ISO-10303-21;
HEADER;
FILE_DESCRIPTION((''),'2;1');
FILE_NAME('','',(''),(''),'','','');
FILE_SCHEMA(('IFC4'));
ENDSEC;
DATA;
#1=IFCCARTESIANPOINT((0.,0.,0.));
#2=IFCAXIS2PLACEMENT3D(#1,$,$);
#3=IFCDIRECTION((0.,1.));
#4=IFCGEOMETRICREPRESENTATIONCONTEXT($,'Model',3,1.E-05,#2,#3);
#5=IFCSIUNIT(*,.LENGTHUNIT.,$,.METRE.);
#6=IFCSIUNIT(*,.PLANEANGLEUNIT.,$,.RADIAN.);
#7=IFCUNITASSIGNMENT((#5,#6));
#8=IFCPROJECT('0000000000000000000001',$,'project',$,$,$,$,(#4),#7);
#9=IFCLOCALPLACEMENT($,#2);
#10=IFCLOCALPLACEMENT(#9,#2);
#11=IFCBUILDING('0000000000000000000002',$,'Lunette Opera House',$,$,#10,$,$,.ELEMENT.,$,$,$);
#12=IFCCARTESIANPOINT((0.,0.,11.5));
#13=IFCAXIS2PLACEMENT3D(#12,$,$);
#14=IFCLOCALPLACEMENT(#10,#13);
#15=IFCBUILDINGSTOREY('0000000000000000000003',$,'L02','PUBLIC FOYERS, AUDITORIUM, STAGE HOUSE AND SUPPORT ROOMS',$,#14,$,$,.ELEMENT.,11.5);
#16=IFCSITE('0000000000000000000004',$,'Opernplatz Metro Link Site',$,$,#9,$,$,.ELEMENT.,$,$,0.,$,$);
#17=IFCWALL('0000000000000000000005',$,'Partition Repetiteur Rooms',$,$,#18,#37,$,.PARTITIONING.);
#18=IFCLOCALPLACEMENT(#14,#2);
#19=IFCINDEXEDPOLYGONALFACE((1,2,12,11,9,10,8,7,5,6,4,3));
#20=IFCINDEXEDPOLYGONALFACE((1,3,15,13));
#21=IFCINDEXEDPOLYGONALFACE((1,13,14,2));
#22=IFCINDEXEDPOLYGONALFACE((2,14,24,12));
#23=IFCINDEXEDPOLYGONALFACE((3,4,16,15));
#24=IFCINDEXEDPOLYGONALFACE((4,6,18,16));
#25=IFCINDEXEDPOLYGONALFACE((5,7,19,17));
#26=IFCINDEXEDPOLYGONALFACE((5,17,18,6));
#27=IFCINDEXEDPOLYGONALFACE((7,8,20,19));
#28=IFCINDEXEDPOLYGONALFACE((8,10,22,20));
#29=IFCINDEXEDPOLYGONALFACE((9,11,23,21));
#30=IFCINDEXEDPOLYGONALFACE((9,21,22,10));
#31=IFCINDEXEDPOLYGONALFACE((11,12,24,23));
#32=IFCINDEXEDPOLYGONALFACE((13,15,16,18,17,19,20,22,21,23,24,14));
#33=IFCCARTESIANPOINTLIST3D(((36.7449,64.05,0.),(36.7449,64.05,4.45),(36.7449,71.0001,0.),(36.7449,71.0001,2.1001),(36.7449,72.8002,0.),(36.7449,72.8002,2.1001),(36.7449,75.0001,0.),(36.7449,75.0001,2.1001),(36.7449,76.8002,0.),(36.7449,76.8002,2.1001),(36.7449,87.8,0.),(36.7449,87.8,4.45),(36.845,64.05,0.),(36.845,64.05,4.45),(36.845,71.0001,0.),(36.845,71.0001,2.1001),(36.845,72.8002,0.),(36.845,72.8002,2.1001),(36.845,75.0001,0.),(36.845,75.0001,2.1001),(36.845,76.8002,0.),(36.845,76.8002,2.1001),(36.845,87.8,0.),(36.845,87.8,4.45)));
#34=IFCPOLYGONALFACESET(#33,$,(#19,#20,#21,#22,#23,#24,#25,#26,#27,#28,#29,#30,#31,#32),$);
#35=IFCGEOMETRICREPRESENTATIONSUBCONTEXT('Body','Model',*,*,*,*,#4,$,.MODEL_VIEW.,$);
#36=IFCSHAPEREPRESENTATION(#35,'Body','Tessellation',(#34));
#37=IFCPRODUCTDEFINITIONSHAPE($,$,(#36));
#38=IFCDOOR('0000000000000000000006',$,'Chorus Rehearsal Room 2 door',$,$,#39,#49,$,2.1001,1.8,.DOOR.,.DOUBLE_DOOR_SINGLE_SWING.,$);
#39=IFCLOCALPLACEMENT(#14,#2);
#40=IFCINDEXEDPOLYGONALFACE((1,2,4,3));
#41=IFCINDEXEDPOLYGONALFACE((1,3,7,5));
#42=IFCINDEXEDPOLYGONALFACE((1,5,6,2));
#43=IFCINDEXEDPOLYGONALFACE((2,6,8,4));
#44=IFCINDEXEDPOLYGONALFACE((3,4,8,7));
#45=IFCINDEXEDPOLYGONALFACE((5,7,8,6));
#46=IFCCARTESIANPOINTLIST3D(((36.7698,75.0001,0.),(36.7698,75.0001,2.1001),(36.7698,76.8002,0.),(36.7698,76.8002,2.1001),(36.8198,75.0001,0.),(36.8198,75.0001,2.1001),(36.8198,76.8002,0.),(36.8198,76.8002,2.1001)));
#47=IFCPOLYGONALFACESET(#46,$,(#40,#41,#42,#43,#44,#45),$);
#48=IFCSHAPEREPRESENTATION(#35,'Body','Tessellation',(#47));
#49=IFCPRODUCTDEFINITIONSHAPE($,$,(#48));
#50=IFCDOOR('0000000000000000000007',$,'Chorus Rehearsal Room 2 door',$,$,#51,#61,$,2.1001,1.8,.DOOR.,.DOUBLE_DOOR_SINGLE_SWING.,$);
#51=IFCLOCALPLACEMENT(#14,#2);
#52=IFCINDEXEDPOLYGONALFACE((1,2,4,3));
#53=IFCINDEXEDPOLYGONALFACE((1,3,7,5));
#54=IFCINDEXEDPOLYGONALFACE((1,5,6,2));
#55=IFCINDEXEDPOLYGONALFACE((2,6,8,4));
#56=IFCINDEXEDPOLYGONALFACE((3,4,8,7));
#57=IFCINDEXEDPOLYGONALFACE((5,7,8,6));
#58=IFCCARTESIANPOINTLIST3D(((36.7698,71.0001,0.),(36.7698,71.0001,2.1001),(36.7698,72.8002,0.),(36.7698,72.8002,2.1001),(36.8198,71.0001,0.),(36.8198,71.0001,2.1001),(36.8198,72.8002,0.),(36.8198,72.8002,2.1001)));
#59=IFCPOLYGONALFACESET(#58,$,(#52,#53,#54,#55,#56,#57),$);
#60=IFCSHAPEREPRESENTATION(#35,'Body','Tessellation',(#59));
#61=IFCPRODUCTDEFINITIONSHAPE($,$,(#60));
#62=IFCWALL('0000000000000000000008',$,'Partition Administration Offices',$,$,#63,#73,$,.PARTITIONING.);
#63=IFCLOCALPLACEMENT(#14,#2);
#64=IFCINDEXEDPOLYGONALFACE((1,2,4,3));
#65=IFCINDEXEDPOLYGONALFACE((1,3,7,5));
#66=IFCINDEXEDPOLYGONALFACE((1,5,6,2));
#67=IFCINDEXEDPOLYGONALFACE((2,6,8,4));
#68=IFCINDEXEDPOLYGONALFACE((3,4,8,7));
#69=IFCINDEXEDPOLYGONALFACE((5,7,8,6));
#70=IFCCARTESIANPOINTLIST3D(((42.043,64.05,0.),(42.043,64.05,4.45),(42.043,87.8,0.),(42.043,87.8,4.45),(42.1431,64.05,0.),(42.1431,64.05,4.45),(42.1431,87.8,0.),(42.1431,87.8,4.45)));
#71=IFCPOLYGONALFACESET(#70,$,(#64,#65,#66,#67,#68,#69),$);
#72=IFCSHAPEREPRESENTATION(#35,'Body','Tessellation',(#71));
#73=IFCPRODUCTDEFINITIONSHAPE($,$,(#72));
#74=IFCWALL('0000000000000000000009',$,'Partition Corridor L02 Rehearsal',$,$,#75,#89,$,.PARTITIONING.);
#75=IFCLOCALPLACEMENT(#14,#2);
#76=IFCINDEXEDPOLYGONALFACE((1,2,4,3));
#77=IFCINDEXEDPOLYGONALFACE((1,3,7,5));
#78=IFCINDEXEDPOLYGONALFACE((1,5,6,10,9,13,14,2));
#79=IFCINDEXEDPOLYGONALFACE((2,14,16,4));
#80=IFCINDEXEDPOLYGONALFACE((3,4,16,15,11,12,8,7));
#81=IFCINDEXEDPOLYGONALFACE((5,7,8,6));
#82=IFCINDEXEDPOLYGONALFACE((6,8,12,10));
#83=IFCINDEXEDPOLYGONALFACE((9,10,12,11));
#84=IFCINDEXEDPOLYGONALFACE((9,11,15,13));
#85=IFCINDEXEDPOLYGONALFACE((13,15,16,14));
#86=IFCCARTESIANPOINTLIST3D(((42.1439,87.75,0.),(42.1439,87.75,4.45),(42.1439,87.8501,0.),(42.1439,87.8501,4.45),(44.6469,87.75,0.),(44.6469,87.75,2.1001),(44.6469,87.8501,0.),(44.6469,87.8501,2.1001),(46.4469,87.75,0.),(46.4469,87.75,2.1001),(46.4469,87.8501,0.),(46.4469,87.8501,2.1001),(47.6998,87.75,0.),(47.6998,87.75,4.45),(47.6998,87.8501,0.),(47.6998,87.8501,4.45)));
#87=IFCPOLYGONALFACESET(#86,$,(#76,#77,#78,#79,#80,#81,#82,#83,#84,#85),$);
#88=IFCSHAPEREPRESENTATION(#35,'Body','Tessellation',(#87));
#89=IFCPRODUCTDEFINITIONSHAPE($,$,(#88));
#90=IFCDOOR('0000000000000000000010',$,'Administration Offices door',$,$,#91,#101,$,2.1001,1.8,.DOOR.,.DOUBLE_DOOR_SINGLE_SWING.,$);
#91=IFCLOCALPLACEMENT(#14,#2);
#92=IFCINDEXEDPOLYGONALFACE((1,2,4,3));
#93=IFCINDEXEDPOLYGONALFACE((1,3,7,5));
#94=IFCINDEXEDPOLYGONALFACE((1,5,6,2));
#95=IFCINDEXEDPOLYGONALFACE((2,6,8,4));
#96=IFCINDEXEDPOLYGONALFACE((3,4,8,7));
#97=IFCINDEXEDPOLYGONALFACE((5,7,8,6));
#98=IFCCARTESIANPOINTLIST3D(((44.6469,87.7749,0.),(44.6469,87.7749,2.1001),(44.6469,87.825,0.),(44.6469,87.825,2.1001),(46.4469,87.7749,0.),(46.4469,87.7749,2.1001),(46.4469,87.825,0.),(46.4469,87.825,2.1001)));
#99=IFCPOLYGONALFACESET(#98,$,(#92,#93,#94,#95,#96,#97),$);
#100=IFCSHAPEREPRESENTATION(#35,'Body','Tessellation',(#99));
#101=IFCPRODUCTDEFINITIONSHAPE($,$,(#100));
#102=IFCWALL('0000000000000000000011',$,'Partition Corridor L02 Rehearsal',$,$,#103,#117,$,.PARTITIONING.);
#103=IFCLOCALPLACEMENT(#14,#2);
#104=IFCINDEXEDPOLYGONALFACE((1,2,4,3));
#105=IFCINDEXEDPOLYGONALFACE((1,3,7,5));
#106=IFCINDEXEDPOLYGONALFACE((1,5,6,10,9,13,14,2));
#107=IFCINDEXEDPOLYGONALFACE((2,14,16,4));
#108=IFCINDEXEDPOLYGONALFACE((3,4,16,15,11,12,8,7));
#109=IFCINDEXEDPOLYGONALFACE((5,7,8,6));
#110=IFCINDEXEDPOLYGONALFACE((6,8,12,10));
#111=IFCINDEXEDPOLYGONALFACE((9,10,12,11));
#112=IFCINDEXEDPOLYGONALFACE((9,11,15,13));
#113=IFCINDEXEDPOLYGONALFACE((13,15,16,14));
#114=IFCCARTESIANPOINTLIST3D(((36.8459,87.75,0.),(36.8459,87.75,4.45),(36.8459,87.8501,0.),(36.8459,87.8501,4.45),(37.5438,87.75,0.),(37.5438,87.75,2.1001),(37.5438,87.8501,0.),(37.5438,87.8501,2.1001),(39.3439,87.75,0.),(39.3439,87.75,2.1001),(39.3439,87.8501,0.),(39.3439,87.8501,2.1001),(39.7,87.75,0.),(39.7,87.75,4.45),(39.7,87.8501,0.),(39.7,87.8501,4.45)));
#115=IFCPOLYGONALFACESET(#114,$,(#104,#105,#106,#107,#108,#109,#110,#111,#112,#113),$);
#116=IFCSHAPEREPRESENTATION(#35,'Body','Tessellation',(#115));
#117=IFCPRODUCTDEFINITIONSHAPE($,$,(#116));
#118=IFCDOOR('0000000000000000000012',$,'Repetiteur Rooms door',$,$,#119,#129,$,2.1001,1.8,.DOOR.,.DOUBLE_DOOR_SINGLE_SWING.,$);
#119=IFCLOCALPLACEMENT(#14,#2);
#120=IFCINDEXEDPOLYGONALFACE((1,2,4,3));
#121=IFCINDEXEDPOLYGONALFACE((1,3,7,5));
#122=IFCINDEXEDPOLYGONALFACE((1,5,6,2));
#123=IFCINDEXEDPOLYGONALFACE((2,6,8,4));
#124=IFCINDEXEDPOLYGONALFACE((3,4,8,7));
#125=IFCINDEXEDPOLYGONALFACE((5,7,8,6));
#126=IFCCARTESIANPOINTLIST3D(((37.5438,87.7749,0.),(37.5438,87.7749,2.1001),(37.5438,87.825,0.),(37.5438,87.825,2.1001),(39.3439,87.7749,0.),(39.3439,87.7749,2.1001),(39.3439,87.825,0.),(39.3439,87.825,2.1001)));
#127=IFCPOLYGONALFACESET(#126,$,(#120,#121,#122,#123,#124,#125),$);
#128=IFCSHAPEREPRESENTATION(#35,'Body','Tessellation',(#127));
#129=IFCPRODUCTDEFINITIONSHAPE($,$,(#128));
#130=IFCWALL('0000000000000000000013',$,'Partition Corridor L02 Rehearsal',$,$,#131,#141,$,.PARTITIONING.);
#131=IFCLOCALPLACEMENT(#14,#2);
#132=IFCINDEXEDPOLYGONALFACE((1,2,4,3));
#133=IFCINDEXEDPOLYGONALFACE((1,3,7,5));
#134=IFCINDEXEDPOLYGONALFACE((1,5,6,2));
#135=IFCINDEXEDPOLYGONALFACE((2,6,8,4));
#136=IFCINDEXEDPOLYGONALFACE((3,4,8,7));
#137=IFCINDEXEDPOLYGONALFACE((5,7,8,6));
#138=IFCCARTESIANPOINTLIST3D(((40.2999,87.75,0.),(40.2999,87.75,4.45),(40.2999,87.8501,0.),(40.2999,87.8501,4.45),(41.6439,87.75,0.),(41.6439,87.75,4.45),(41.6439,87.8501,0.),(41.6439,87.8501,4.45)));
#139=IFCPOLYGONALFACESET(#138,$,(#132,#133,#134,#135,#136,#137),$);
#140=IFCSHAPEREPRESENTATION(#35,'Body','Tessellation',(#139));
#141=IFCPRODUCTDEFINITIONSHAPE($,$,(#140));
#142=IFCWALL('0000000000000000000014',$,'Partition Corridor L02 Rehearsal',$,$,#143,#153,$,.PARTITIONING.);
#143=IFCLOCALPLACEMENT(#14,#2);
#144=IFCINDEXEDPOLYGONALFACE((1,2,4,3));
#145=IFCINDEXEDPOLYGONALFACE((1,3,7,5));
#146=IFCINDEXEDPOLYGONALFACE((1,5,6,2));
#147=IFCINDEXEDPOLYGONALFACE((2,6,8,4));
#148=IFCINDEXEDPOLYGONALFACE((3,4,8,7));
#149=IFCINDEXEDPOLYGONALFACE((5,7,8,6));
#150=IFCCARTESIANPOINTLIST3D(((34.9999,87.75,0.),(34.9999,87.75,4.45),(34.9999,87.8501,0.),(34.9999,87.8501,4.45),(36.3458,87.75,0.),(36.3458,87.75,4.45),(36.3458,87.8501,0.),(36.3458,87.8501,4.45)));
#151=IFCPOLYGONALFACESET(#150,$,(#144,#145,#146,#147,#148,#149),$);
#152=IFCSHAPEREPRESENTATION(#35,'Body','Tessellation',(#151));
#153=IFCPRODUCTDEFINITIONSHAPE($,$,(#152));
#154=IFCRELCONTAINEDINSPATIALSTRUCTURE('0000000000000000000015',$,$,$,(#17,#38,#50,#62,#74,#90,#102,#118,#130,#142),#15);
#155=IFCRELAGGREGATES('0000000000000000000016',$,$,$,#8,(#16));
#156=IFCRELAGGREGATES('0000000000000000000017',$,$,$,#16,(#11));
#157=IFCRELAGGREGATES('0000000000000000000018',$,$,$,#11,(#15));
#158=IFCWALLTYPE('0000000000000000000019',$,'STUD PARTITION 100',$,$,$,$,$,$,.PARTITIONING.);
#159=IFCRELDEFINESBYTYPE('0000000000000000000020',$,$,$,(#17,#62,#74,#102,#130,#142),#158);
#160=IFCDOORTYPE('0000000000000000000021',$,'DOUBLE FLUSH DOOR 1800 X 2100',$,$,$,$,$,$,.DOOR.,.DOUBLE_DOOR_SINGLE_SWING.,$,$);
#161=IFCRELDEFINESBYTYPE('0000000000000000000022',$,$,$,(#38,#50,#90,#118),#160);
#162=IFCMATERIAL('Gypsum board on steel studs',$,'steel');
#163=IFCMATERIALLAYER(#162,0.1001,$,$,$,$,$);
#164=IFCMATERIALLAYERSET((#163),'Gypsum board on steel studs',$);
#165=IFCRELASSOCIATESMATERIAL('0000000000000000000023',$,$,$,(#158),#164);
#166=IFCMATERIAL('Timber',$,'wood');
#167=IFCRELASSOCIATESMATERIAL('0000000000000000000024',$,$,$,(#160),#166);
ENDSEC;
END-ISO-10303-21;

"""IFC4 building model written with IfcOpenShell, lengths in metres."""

from ifc_helpers import new_model, si_unit, direction, frame, frame_2d, origin, place, context, subcontext, project, spatial, rectangle, extrude, material, layer, layer_set, type_object, element, fill, save


model = new_model("IFC4")

# Units and contexts
model_context = context("Model", 3, precision=1e-05, world=origin(), true_north=direction((0.0, 1.0)))
body_context = subcontext(model_context, "Body", "Model", "MODEL_VIEW")
ifc_project = project(units=[si_unit("LENGTHUNIT", "METRE"), si_unit("PLANEANGLEUNIT", "RADIAN")], contexts=[model_context])

# Site, building, storey
site_placement = place(None, origin())
site = spatial("IfcSite", under=ifc_project, at=site_placement, Name="Opernplatz Metro Link Site", CompositionType="ELEMENT", RefElevation=0.0)
building_placement = place(site_placement, origin())
building = spatial("IfcBuilding", under=site, at=building_placement, Name="Lunette Opera House", CompositionType="ELEMENT")
storey_placement = place(building_placement, frame((0.0, 0.0, 11.5)))
storey = spatial("IfcBuildingStorey", under=building, at=storey_placement, Name="L02", Description="PUBLIC FOYERS, AUDITORIUM, STAGE HOUSE AND SUPPORT ROOMS", CompositionType="ELEMENT", Elevation=11.5)

# Wall, openings, doors
ifc_material_1 = material(Name="Gypsum board on steel studs", Category="steel")
ifc_layer_1 = layer(ifc_material_1, 0.1001)
ifc_layer_set_1 = layer_set([ifc_layer_1], Name="Gypsum board on steel studs")
wall_type_1 = type_object("IfcWallType", Name="STUD PARTITION 100", PredefinedType="PARTITIONING", material=ifc_layer_set_1)
wall_1_placement = place(storey_placement, frame((36.7949, 87.8, 0.0), z_axis=(0.0, 0.0, 1.0), x_axis=(0.0, -1.0, 0.0)))
wall_1 = element("IfcWall", 1, at=wall_1_placement, inside=storey, type_object=wall_type_1, Name="Partition Repetiteur Rooms", PredefinedType="PARTITIONING", context=body_context, shape_type="SweptSolid", body=[
    extrude(rectangle(XDim=23.75, YDim=0.1001, at=frame_2d((11.875, 0.0))), origin(), (0.0, 0.0, 1.0), 4.45),
])
opening_1_placement = place(wall_1_placement, frame((11.0, 0.0, 0.0)))
opening_1 = element("IfcOpeningElement", 2, at=opening_1_placement, cuts=wall_1, PredefinedType="OPENING", context=body_context, shape_type="SweptSolid", body=[
    extrude(rectangle(XDim=1.8, YDim=2.1001, at=frame_2d((0.8999, 1.05))), frame((0.0, 0.062, 0.0), z_axis=(0.0, -1.0, 0.0), x_axis=(1.0, 0.0, 0.0)), (0.0, 0.0, 1.0), 0.124),
])
opening_2_placement = place(wall_1_placement, frame((15.0, 0.0, 0.0)))
opening_2 = element("IfcOpeningElement", 3, at=opening_2_placement, cuts=wall_1, PredefinedType="OPENING", context=body_context, shape_type="SweptSolid", body=[
    extrude(rectangle(XDim=1.8, YDim=2.1001, at=frame_2d((0.8999, 1.05))), frame((0.0, 0.062, 0.0), z_axis=(0.0, -1.0, 0.0), x_axis=(1.0, 0.0, 0.0)), (0.0, 0.0, 1.0), 0.124),
])
ifc_material_2 = material(Name="Timber", Category="wood")
door_type = type_object("IfcDoorType", Name="DOUBLE FLUSH DOOR 1800 X 2100", OperationType="DOUBLE_DOOR_SINGLE_SWING", PredefinedType="DOOR", material=ifc_material_2)
door_1_placement = place(opening_1_placement, origin())
door_1 = element("IfcDoor", 4, at=door_1_placement, inside=storey, type_object=door_type, Name="Chorus Rehearsal Room 2 door", OperationType="DOUBLE_DOOR_SINGLE_SWING", OverallHeight=2.1001, OverallWidth=1.8, PredefinedType="DOOR", context=body_context, shape_type="SweptSolid", body=[
    extrude(rectangle(XDim=1.8, YDim=2.1001, at=frame_2d((0.8999, 1.05))), frame((0.0, 0.0249, 0.0), z_axis=(0.0, -1.0, 0.0), x_axis=(1.0, 0.0, 0.0)), (0.0, 0.0, 1.0), 0.05),
])
fill(opening_1, door_1)
door_2_placement = place(opening_2_placement, origin())
door_2 = element("IfcDoor", 5, at=door_2_placement, inside=storey, type_object=door_type, Name="Chorus Rehearsal Room 2 door", OperationType="DOUBLE_DOOR_SINGLE_SWING", OverallHeight=2.1001, OverallWidth=1.8, PredefinedType="DOOR", context=body_context, shape_type="SweptSolid", body=[
    extrude(rectangle(XDim=1.8, YDim=2.1001, at=frame_2d((0.8999, 1.05))), frame((0.0, 0.0249, 0.0), z_axis=(0.0, -1.0, 0.0), x_axis=(1.0, 0.0, 0.0)), (0.0, 0.0, 1.0), 0.05),
])
fill(opening_2, door_2)

# Wall
wall_2_placement = place(storey_placement, frame((42.093, 87.8, 0.0), z_axis=(0.0, 0.0, 1.0), x_axis=(0.0, -1.0, 0.0)))
element("IfcWall", 6, at=wall_2_placement, inside=storey, type_object=wall_type_1, Name="Partition Administration Offices", PredefinedType="PARTITIONING", context=body_context, shape_type="SweptSolid", body=[
    extrude(rectangle(XDim=23.75, YDim=0.1001, at=frame_2d((11.875, 0.0))), origin(), (0.0, 0.0, 1.0), 4.45),
])

# Walls, openings, doors
wall_3_placement = place(storey_placement, frame((42.144, 87.8, 0.0), z_axis=(0.0, 0.0, 1.0), x_axis=(1.0, 0.0, 0.0)))
wall_3 = element("IfcWall", 7, at=wall_3_placement, inside=storey, type_object=wall_type_1, Name="Partition Corridor L02 Rehearsal", PredefinedType="PARTITIONING", context=body_context, shape_type="SweptSolid", body=[
    extrude(rectangle(XDim=5.5559, YDim=0.1001, at=frame_2d((2.7778, 0.0))), origin(), (0.0, 0.0, 1.0), 4.45),
])
opening_3_placement = place(wall_3_placement, frame((2.5029, 0.0, 0.0)))
opening_3 = element("IfcOpeningElement", 8, at=opening_3_placement, cuts=wall_3, PredefinedType="OPENING", context=body_context, shape_type="SweptSolid", body=[
    extrude(rectangle(XDim=1.8, YDim=2.1001, at=frame_2d((0.8999, 1.05))), frame((0.0, 0.062, 0.0), z_axis=(0.0, -1.0, 0.0), x_axis=(1.0, 0.0, 0.0)), (0.0, 0.0, 1.0), 0.124),
])
door_3_placement = place(opening_3_placement, origin())
door_3 = element("IfcDoor", 9, at=door_3_placement, inside=storey, type_object=door_type, Name="Administration Offices door", OperationType="DOUBLE_DOOR_SINGLE_SWING", OverallHeight=2.1001, OverallWidth=1.8, PredefinedType="DOOR", context=body_context, shape_type="SweptSolid", body=[
    extrude(rectangle(XDim=1.8, YDim=2.1001, at=frame_2d((0.8999, 1.05))), frame((0.0, 0.0249, 0.0), z_axis=(0.0, -1.0, 0.0), x_axis=(1.0, 0.0, 0.0)), (0.0, 0.0, 1.0), 0.05),
])
fill(opening_3, door_3)
wall_4_placement = place(storey_placement, frame((36.8459, 87.8, 0.0), z_axis=(0.0, 0.0, 1.0), x_axis=(1.0, 0.0, 0.0)))
wall_4 = element("IfcWall", 10, at=wall_4_placement, inside=storey, type_object=wall_type_1, Name="Partition Corridor L02 Rehearsal", PredefinedType="PARTITIONING", context=body_context, shape_type="SweptSolid", body=[
    extrude(rectangle(XDim=2.854, YDim=0.1001, at=frame_2d((1.427, 0.0))), origin(), (0.0, 0.0, 1.0), 4.45),
])
opening_4_placement = place(wall_4_placement, frame((0.698, 0.0, 0.0)))
opening_4 = element("IfcOpeningElement", 11, at=opening_4_placement, cuts=wall_4, PredefinedType="OPENING", context=body_context, shape_type="SweptSolid", body=[
    extrude(rectangle(XDim=1.8, YDim=2.1001, at=frame_2d((0.8999, 1.05))), frame((0.0, 0.062, 0.0), z_axis=(0.0, -1.0, 0.0), x_axis=(1.0, 0.0, 0.0)), (0.0, 0.0, 1.0), 0.124),
])
door_4_placement = place(opening_4_placement, origin())
door_4 = element("IfcDoor", 12, at=door_4_placement, inside=storey, type_object=door_type, Name="Repetiteur Rooms door", OperationType="DOUBLE_DOOR_SINGLE_SWING", OverallHeight=2.1001, OverallWidth=1.8, PredefinedType="DOOR", context=body_context, shape_type="SweptSolid", body=[
    extrude(rectangle(XDim=1.8, YDim=2.1001, at=frame_2d((0.8999, 1.05))), frame((0.0, 0.0249, 0.0), z_axis=(0.0, -1.0, 0.0), x_axis=(1.0, 0.0, 0.0)), (0.0, 0.0, 1.0), 0.05),
])
fill(opening_4, door_4)

# Walls
wall_5_placement = place(storey_placement, frame((40.3, 87.8, 0.0), z_axis=(0.0, 0.0, 1.0), x_axis=(1.0, 0.0, 0.0)))
element("IfcWall", 13, at=wall_5_placement, inside=storey, type_object=wall_type_1, Name="Partition Corridor L02 Rehearsal", PredefinedType="PARTITIONING", context=body_context, shape_type="SweptSolid", body=[
    extrude(rectangle(XDim=1.344, YDim=0.1001, at=frame_2d((0.6719, 0.0))), origin(), (0.0, 0.0, 1.0), 4.45),
])
wall_6_placement = place(storey_placement, frame((35.0, 87.8, 0.0), z_axis=(0.0, 0.0, 1.0), x_axis=(1.0, 0.0, 0.0)))
element("IfcWall", 14, at=wall_6_placement, inside=storey, type_object=wall_type_1, Name="Partition Corridor L02 Rehearsal", PredefinedType="PARTITIONING", context=body_context, shape_type="SweptSolid", body=[
    extrude(rectangle(XDim=1.3459, YDim=0.1001, at=frame_2d((0.6729, 0.0))), origin(), (0.0, 0.0, 1.0), 4.45),
])

save(model, "model.ifc")
